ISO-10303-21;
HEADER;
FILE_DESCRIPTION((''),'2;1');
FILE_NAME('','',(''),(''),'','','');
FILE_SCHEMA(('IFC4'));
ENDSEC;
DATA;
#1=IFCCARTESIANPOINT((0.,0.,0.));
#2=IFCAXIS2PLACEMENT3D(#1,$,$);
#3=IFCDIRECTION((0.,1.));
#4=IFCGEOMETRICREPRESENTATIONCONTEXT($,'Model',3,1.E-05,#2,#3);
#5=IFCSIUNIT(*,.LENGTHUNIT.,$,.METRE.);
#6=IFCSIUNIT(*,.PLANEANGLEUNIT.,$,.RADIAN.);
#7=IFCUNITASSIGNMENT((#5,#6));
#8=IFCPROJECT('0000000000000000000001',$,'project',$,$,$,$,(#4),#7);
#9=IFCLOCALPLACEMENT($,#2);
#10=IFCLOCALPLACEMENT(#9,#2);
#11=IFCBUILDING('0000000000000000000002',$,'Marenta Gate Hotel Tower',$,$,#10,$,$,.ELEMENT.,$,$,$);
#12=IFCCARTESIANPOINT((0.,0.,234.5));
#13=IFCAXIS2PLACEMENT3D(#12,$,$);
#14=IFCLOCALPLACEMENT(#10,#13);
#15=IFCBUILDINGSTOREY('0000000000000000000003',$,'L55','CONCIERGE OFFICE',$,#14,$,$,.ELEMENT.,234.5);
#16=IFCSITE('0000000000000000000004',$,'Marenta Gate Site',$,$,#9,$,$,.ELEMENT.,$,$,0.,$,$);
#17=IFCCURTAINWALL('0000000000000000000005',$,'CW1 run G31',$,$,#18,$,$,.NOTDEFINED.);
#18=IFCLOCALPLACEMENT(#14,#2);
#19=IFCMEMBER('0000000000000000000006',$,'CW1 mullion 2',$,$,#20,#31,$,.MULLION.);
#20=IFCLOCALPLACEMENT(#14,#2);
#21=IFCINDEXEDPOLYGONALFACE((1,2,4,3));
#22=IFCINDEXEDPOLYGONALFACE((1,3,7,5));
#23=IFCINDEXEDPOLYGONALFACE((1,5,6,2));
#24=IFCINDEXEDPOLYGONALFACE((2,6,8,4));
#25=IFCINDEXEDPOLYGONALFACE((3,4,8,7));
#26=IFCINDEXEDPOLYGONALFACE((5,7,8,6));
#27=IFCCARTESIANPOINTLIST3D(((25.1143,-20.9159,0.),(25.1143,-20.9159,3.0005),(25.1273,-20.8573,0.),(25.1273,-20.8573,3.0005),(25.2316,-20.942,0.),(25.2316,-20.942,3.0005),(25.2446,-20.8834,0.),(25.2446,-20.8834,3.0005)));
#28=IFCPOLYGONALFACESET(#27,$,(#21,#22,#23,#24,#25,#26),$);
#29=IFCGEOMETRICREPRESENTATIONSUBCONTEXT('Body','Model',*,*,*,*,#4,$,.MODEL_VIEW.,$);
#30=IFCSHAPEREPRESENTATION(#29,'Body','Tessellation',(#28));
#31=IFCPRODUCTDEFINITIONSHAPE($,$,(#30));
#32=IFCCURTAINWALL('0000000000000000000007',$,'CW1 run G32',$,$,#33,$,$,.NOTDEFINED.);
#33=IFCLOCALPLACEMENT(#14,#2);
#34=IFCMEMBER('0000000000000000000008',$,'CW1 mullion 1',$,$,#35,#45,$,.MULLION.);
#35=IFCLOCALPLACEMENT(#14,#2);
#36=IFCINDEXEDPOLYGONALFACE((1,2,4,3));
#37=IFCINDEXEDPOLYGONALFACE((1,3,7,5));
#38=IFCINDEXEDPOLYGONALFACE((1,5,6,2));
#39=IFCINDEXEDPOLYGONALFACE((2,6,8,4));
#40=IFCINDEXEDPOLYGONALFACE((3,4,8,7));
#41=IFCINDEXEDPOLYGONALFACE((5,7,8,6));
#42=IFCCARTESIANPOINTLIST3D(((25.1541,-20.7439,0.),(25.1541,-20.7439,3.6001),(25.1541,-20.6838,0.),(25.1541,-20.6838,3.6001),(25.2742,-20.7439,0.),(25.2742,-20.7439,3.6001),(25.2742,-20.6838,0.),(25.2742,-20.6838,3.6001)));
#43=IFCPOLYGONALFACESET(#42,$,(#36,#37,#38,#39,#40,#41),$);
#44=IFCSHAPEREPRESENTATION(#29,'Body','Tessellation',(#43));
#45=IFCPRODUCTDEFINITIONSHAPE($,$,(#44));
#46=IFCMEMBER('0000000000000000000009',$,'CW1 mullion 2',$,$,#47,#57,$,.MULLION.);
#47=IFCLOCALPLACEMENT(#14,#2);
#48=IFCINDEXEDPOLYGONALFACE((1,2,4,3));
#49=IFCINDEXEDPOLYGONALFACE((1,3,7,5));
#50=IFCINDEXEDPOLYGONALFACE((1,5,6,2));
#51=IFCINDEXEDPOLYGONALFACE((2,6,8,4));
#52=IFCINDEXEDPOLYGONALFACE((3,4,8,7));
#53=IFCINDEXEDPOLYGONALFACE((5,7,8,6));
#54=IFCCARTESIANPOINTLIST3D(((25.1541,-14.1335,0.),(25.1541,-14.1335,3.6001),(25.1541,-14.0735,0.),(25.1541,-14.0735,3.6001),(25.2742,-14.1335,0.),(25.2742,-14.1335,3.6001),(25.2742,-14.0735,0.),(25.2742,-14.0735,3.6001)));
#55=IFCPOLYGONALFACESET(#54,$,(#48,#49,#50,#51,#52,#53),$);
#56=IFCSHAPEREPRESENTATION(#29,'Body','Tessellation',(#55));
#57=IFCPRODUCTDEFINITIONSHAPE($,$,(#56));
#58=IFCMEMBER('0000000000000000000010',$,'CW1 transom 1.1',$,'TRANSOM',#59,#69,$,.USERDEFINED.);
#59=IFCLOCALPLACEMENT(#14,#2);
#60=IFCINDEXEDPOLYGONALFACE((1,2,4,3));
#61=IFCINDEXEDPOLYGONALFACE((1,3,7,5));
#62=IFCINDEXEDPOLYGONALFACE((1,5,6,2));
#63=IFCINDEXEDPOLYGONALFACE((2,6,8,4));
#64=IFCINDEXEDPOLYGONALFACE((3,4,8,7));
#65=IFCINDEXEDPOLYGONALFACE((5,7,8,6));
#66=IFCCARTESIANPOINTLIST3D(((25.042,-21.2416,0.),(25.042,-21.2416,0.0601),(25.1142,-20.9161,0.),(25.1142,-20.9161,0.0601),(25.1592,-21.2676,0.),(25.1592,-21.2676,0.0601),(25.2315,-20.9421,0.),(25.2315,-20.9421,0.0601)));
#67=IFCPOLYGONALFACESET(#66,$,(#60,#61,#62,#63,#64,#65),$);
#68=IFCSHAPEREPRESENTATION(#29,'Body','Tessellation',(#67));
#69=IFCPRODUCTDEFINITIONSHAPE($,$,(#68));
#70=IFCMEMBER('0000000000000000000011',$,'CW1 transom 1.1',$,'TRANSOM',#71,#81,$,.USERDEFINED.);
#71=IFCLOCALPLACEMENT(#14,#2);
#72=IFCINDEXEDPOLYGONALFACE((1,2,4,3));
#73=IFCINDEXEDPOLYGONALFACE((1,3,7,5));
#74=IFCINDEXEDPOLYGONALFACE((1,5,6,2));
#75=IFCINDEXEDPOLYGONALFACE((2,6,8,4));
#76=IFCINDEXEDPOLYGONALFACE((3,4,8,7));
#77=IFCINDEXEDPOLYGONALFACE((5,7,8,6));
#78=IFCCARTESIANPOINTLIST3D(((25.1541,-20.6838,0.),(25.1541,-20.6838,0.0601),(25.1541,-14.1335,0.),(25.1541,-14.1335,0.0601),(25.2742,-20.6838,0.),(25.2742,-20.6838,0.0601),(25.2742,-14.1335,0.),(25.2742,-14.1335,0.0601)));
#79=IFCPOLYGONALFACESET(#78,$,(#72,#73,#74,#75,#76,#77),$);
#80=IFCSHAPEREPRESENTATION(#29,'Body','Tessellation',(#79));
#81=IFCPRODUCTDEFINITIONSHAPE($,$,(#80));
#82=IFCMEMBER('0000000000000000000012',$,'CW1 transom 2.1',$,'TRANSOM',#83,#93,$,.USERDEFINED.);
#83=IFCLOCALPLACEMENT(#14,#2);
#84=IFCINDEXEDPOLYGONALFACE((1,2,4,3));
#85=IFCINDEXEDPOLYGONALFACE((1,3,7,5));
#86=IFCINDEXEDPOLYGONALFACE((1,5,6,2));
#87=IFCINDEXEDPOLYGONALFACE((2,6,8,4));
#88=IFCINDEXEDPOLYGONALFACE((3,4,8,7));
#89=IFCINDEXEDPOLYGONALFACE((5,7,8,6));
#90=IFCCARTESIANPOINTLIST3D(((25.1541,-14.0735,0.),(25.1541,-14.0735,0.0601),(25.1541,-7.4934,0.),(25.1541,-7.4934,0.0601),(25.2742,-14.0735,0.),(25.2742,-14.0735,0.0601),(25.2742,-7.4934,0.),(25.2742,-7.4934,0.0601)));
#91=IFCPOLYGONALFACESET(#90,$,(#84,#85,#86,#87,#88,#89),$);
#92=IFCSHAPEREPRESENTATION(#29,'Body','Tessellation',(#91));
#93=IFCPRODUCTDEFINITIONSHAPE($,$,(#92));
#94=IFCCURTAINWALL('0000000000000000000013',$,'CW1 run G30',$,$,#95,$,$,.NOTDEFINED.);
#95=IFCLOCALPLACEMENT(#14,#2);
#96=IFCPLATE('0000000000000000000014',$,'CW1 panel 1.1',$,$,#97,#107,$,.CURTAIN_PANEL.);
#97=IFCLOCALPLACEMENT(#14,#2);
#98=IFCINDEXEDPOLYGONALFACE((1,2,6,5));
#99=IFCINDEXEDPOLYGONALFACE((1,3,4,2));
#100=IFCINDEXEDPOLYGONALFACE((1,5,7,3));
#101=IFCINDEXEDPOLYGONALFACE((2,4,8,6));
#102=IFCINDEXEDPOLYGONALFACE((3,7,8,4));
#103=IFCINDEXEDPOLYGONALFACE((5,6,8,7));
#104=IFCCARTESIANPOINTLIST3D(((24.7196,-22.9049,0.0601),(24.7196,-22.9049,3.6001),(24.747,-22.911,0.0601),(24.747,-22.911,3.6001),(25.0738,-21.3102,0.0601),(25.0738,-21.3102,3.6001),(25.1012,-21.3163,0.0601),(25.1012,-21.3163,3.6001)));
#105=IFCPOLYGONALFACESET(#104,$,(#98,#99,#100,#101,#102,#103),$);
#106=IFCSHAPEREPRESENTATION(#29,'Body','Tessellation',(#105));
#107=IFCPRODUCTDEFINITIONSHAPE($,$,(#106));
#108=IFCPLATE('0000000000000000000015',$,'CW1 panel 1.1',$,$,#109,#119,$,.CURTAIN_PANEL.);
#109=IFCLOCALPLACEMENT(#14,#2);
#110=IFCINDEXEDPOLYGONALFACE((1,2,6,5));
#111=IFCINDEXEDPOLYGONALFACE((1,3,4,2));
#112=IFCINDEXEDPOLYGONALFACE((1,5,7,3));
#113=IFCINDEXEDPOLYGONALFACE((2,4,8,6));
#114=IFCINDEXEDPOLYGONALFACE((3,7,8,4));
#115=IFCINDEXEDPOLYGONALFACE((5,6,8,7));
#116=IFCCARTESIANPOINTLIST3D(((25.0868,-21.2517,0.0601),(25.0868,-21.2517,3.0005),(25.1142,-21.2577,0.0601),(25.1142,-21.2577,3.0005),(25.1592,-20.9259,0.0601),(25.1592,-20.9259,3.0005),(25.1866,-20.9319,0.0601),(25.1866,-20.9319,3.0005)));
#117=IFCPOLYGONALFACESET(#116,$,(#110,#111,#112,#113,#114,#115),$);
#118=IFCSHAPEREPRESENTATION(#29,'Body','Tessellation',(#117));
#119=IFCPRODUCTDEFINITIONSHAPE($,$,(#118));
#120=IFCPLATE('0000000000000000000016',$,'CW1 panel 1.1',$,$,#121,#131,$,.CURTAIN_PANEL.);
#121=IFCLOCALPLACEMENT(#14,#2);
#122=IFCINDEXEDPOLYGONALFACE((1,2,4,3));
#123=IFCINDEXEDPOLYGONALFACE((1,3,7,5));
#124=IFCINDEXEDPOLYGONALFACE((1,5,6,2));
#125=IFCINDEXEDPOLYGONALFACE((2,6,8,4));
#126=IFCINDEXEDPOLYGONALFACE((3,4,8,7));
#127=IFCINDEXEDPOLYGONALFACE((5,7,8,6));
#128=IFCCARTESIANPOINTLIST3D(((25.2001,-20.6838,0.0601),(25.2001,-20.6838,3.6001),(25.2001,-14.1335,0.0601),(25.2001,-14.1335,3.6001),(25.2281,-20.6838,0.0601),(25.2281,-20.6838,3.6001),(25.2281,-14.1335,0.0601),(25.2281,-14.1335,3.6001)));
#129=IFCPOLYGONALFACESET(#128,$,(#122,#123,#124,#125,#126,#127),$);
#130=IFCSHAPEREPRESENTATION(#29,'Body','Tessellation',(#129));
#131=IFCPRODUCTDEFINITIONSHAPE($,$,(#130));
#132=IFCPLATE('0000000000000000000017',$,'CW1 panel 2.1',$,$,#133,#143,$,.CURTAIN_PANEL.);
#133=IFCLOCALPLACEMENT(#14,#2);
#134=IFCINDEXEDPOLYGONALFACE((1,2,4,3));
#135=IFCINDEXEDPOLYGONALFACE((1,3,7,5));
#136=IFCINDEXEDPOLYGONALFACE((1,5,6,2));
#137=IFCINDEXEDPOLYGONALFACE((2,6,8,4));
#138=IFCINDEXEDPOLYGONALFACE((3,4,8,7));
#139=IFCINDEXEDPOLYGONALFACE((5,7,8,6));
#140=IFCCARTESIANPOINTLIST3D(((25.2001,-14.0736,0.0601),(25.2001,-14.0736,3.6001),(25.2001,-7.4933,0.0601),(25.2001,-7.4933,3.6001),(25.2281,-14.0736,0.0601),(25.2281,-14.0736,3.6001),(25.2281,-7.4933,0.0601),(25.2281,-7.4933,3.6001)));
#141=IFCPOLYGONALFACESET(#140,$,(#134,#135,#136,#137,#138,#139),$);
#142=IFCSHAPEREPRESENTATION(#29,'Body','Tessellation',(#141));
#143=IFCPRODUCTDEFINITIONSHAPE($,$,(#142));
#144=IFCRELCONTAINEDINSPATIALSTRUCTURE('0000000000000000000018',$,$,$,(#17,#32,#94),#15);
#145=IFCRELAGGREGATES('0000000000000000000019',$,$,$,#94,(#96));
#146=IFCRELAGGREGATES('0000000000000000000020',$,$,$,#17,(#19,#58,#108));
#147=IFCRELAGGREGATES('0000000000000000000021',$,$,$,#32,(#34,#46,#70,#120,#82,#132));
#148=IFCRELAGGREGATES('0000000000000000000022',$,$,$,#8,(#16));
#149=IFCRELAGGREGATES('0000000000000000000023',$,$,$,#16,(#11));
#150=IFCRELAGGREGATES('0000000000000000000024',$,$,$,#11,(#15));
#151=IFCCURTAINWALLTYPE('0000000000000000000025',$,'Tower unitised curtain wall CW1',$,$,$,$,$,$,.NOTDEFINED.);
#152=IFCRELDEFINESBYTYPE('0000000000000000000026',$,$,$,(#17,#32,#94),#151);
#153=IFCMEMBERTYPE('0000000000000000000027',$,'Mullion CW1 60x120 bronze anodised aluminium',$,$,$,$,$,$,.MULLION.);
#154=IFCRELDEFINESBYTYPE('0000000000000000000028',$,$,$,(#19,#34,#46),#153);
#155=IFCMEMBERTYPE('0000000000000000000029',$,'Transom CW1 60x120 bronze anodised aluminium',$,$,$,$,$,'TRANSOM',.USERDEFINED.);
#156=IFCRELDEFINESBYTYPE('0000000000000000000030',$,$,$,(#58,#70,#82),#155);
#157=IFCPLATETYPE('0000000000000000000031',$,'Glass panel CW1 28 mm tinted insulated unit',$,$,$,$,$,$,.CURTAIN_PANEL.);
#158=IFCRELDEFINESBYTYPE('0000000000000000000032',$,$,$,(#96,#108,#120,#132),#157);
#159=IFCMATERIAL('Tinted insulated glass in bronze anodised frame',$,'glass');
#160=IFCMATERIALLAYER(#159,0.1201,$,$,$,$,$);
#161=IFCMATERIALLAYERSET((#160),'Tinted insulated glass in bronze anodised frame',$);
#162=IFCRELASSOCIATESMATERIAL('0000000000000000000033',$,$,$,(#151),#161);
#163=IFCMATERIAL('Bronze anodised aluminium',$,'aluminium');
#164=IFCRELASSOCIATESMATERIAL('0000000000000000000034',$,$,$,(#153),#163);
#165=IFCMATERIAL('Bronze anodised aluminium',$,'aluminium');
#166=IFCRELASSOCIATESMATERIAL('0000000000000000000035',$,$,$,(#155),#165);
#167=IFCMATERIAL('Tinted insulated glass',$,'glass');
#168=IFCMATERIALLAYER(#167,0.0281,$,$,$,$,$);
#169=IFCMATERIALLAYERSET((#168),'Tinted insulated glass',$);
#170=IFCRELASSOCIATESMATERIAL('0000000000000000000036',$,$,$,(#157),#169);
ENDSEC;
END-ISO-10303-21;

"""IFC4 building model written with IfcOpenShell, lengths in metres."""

from ifc_helpers import new_model, si_unit, direction, frame, origin, origin_2d, place, context, subcontext, project, spatial, rectangle, extrude, material, layer, layer_set, material_profile, profile_set, type_object, element, aggregate, save


model = new_model("IFC4")

# Units and contexts
model_context = context("Model", 3, precision=1e-05, world=origin(), true_north=direction((0.0, 1.0)))
body_context = subcontext(model_context, "Body", "Model", "MODEL_VIEW")
ifc_project = project(units=[si_unit("LENGTHUNIT", "METRE"), si_unit("PLANEANGLEUNIT", "RADIAN")], contexts=[model_context])

# Site, building, storey
site_placement = place(None, origin())
site = spatial("IfcSite", under=ifc_project, at=site_placement, Name="Marenta Gate Site", CompositionType="ELEMENT", RefElevation=0.0)
building_placement = place(site_placement, origin())
building = spatial("IfcBuilding", under=site, at=building_placement, Name="Marenta Gate Hotel Tower", CompositionType="ELEMENT")
storey_placement = place(building_placement, frame((0.0, 0.0, 234.5)))
storey = spatial("IfcBuildingStorey", under=building, at=storey_placement, Name="L55", Description="CONCIERGE OFFICE", CompositionType="ELEMENT", Elevation=234.5)

# Curtain walls, members
ifc_material_1 = material(Name="Tinted insulated glass in bronze anodised frame", Category="glass")
ifc_layer_1 = layer(ifc_material_1, 0.1201)
ifc_layer_set_1 = layer_set([ifc_layer_1], Name="Tinted insulated glass in bronze anodised frame")
curtain_wall_type = type_object("IfcCurtainWallType", Name="Tower unitised curtain wall CW1", PredefinedType="NOTDEFINED", material=ifc_layer_set_1)
curtain_wall_1_placement = place(storey_placement, origin())
curtain_wall_1 = element("IfcCurtainWall", 1, at=curtain_wall_1_placement, inside=storey, type_object=curtain_wall_type, Name="CW1 run G31", PredefinedType="NOTDEFINED")
ifc_material_2 = material(Name="Bronze anodised aluminium", Category="aluminium")
ifc_material_profile_1 = material_profile(ifc_material_2, rectangle(XDim=0.1201, YDim=0.0601, at=origin_2d()), Name="Mullion CW1 60x120 bronze anodised aluminium")
ifc_profile_set_1 = profile_set([ifc_material_profile_1], Name="Bronze anodised aluminium")
member_type_1 = type_object("IfcMemberType", Name="Mullion CW1 60x120 bronze anodised aluminium", PredefinedType="MULLION", material=ifc_profile_set_1)
member_1_placement = place(storey_placement, frame((25.1794, -20.8997, 0.0), z_axis=(0.0, 0.0, 1.0), x_axis=(-0.976197, 0.216884, 0.0)))
member_1 = element("IfcMember", 2, at=member_1_placement, type_object=member_type_1, Name="CW1 mullion 2", PredefinedType="MULLION", context=body_context, shape_type="SweptSolid", body=[
    extrude(rectangle(XDim=0.1201, YDim=0.0601, at=origin_2d()), origin(), (0.0, 0.0, 1.0), 3.0005),
])
curtain_wall_2_placement = place(storey_placement, origin())
curtain_wall_2 = element("IfcCurtainWall", 3, at=curtain_wall_2_placement, inside=storey, type_object=curtain_wall_type, Name="CW1 run G32", PredefinedType="NOTDEFINED")
member_2_placement = place(storey_placement, frame((25.2141, -20.7139, 0.0), z_axis=(0.0, 0.0, 1.0), x_axis=(-1.0, 0.0, 0.0)))
member_2 = element("IfcMember", 4, at=member_2_placement, type_object=member_type_1, Name="CW1 mullion 1", PredefinedType="MULLION", context=body_context, shape_type="SweptSolid", body=[
    extrude(rectangle(XDim=0.1201, YDim=0.0601, at=origin_2d()), origin(), (0.0, 0.0, 1.0), 3.6001),
])
member_3_placement = place(storey_placement, frame((25.2141, -14.1035, 0.0), z_axis=(0.0, 0.0, 1.0), x_axis=(-1.0, 0.0, 0.0)))
member_3 = element("IfcMember", 5, at=member_3_placement, type_object=member_type_1, Name="CW1 mullion 2", PredefinedType="MULLION", context=body_context, shape_type="SweptSolid", body=[
    extrude(rectangle(XDim=0.1201, YDim=0.0601, at=origin_2d()), origin(), (0.0, 0.0, 1.0), 3.6001),
])

# Members
ifc_material_3 = material(Name="Bronze anodised aluminium", Category="aluminium")
ifc_material_profile_2 = material_profile(ifc_material_3, rectangle(XDim=0.1201, YDim=0.0601, at=origin_2d()), Name="Transom CW1 60x120 bronze anodised aluminium")
ifc_profile_set_2 = profile_set([ifc_material_profile_2], Name="Bronze anodised aluminium")
member_type_2 = type_object("IfcMemberType", Name="Transom CW1 60x120 bronze anodised aluminium", ElementType="TRANSOM", PredefinedType="USERDEFINED", material=ifc_profile_set_2)
member_4_placement = place(storey_placement, frame((25.1006, -21.2546, 0.03), z_axis=(0.21662, 0.976256, 0.0), x_axis=(-0.976256, 0.21662, 0.0)))
member_4 = element("IfcMember", 6, at=member_4_placement, type_object=member_type_2, Name="CW1 transom 1.1", ObjectType="TRANSOM", PredefinedType="USERDEFINED", context=body_context, shape_type="SweptSolid", body=[
    extrude(rectangle(XDim=0.1201, YDim=0.0601, at=origin_2d()), origin(), (0.0, 0.0, 1.0), 0.3335),
])
member_5_placement = place(storey_placement, frame((25.2141, -20.6838, 0.03), z_axis=(0.0, 1.0, 0.0), x_axis=(-1.0, 0.0, 0.0)))
member_5 = element("IfcMember", 7, at=member_5_placement, type_object=member_type_2, Name="CW1 transom 1.1", ObjectType="TRANSOM", PredefinedType="USERDEFINED", context=body_context, shape_type="SweptSolid", body=[
    extrude(rectangle(XDim=0.1201, YDim=0.0601, at=origin_2d()), origin(), (0.0, 0.0, 1.0), 6.5503),
])
member_6_placement = place(storey_placement, frame((25.2141, -14.0735, 0.03), z_axis=(0.0, 1.0, 0.0), x_axis=(-1.0, 0.0, 0.0)))
member_6 = element("IfcMember", 8, at=member_6_placement, type_object=member_type_2, Name="CW1 transom 2.1", ObjectType="TRANSOM", PredefinedType="USERDEFINED", context=body_context, shape_type="SweptSolid", body=[
    extrude(rectangle(XDim=0.1201, YDim=0.0601, at=origin_2d()), origin(), (0.0, 0.0, 1.0), 6.5801),
])

# Curtain wall, plate
curtain_wall_3_placement = place(storey_placement, origin())
curtain_wall_3 = element("IfcCurtainWall", 9, at=curtain_wall_3_placement, inside=storey, type_object=curtain_wall_type, Name="CW1 run G30", PredefinedType="NOTDEFINED")
ifc_material_4 = material(Name="Tinted insulated glass", Category="glass")
ifc_layer_2 = layer(ifc_material_4, 0.0281)
ifc_layer_set_2 = layer_set([ifc_layer_2], Name="Tinted insulated glass")
plate_type = type_object("IfcPlateType", Name="Glass panel CW1 28 mm tinted insulated unit", PredefinedType="CURTAIN_PANEL", material=ifc_layer_set_2)
plate_1_placement = place(storey_placement, frame((24.9104, -22.1106, 0.0601), z_axis=(0.0, 0.0, 1.0), x_axis=(0.216818, 0.976212, 0.0)))
plate_1 = element("IfcPlate", 10, at=plate_1_placement, type_object=plate_type, Name="CW1 panel 1.1", PredefinedType="CURTAIN_PANEL", context=body_context, shape_type="SweptSolid", body=[
    extrude(rectangle(XDim=1.6335, YDim=0.0281, at=origin_2d()), origin(), (0.0, 0.0, 1.0), 3.54),
])
aggregate(curtain_wall_3, [plate_1])

# Plates
plate_2_placement = place(storey_placement, frame((25.1367, -21.0918, 0.0601), z_axis=(0.0, 0.0, 1.0), x_axis=(0.216884, 0.976197, 0.0)))
plate_2 = element("IfcPlate", 11, at=plate_2_placement, type_object=plate_type, Name="CW1 panel 1.1", PredefinedType="CURTAIN_PANEL", context=body_context, shape_type="SweptSolid", body=[
    extrude(rectangle(XDim=0.3337, YDim=0.0281, at=origin_2d()), origin(), (0.0, 0.0, 1.0), 2.9404),
])
aggregate(curtain_wall_1, [member_1, member_4, plate_2])
plate_3_placement = place(storey_placement, frame((25.2141, -17.4087, 0.0601), z_axis=(0.0, 0.0, 1.0), x_axis=(0.0, 1.0, 0.0)))
plate_3 = element("IfcPlate", 12, at=plate_3_placement, type_object=plate_type, Name="CW1 panel 1.1", PredefinedType="CURTAIN_PANEL", context=body_context, shape_type="SweptSolid", body=[
    extrude(rectangle(XDim=6.5503, YDim=0.0281, at=origin_2d()), origin(), (0.0, 0.0, 1.0), 3.54),
])
plate_4_placement = place(storey_placement, frame((25.2141, -10.7834, 0.0601), z_axis=(0.0, 0.0, 1.0), x_axis=(0.0, 1.0, 0.0)))
plate_4 = element("IfcPlate", 13, at=plate_4_placement, type_object=plate_type, Name="CW1 panel 2.1", PredefinedType="CURTAIN_PANEL", context=body_context, shape_type="SweptSolid", body=[
    extrude(rectangle(XDim=6.5803, YDim=0.0281, at=origin_2d()), origin(), (0.0, 0.0, 1.0), 3.54),
])
aggregate(curtain_wall_2, [member_2, member_3, member_5, plate_3, member_6, plate_4])

save(model, "model.ifc")
